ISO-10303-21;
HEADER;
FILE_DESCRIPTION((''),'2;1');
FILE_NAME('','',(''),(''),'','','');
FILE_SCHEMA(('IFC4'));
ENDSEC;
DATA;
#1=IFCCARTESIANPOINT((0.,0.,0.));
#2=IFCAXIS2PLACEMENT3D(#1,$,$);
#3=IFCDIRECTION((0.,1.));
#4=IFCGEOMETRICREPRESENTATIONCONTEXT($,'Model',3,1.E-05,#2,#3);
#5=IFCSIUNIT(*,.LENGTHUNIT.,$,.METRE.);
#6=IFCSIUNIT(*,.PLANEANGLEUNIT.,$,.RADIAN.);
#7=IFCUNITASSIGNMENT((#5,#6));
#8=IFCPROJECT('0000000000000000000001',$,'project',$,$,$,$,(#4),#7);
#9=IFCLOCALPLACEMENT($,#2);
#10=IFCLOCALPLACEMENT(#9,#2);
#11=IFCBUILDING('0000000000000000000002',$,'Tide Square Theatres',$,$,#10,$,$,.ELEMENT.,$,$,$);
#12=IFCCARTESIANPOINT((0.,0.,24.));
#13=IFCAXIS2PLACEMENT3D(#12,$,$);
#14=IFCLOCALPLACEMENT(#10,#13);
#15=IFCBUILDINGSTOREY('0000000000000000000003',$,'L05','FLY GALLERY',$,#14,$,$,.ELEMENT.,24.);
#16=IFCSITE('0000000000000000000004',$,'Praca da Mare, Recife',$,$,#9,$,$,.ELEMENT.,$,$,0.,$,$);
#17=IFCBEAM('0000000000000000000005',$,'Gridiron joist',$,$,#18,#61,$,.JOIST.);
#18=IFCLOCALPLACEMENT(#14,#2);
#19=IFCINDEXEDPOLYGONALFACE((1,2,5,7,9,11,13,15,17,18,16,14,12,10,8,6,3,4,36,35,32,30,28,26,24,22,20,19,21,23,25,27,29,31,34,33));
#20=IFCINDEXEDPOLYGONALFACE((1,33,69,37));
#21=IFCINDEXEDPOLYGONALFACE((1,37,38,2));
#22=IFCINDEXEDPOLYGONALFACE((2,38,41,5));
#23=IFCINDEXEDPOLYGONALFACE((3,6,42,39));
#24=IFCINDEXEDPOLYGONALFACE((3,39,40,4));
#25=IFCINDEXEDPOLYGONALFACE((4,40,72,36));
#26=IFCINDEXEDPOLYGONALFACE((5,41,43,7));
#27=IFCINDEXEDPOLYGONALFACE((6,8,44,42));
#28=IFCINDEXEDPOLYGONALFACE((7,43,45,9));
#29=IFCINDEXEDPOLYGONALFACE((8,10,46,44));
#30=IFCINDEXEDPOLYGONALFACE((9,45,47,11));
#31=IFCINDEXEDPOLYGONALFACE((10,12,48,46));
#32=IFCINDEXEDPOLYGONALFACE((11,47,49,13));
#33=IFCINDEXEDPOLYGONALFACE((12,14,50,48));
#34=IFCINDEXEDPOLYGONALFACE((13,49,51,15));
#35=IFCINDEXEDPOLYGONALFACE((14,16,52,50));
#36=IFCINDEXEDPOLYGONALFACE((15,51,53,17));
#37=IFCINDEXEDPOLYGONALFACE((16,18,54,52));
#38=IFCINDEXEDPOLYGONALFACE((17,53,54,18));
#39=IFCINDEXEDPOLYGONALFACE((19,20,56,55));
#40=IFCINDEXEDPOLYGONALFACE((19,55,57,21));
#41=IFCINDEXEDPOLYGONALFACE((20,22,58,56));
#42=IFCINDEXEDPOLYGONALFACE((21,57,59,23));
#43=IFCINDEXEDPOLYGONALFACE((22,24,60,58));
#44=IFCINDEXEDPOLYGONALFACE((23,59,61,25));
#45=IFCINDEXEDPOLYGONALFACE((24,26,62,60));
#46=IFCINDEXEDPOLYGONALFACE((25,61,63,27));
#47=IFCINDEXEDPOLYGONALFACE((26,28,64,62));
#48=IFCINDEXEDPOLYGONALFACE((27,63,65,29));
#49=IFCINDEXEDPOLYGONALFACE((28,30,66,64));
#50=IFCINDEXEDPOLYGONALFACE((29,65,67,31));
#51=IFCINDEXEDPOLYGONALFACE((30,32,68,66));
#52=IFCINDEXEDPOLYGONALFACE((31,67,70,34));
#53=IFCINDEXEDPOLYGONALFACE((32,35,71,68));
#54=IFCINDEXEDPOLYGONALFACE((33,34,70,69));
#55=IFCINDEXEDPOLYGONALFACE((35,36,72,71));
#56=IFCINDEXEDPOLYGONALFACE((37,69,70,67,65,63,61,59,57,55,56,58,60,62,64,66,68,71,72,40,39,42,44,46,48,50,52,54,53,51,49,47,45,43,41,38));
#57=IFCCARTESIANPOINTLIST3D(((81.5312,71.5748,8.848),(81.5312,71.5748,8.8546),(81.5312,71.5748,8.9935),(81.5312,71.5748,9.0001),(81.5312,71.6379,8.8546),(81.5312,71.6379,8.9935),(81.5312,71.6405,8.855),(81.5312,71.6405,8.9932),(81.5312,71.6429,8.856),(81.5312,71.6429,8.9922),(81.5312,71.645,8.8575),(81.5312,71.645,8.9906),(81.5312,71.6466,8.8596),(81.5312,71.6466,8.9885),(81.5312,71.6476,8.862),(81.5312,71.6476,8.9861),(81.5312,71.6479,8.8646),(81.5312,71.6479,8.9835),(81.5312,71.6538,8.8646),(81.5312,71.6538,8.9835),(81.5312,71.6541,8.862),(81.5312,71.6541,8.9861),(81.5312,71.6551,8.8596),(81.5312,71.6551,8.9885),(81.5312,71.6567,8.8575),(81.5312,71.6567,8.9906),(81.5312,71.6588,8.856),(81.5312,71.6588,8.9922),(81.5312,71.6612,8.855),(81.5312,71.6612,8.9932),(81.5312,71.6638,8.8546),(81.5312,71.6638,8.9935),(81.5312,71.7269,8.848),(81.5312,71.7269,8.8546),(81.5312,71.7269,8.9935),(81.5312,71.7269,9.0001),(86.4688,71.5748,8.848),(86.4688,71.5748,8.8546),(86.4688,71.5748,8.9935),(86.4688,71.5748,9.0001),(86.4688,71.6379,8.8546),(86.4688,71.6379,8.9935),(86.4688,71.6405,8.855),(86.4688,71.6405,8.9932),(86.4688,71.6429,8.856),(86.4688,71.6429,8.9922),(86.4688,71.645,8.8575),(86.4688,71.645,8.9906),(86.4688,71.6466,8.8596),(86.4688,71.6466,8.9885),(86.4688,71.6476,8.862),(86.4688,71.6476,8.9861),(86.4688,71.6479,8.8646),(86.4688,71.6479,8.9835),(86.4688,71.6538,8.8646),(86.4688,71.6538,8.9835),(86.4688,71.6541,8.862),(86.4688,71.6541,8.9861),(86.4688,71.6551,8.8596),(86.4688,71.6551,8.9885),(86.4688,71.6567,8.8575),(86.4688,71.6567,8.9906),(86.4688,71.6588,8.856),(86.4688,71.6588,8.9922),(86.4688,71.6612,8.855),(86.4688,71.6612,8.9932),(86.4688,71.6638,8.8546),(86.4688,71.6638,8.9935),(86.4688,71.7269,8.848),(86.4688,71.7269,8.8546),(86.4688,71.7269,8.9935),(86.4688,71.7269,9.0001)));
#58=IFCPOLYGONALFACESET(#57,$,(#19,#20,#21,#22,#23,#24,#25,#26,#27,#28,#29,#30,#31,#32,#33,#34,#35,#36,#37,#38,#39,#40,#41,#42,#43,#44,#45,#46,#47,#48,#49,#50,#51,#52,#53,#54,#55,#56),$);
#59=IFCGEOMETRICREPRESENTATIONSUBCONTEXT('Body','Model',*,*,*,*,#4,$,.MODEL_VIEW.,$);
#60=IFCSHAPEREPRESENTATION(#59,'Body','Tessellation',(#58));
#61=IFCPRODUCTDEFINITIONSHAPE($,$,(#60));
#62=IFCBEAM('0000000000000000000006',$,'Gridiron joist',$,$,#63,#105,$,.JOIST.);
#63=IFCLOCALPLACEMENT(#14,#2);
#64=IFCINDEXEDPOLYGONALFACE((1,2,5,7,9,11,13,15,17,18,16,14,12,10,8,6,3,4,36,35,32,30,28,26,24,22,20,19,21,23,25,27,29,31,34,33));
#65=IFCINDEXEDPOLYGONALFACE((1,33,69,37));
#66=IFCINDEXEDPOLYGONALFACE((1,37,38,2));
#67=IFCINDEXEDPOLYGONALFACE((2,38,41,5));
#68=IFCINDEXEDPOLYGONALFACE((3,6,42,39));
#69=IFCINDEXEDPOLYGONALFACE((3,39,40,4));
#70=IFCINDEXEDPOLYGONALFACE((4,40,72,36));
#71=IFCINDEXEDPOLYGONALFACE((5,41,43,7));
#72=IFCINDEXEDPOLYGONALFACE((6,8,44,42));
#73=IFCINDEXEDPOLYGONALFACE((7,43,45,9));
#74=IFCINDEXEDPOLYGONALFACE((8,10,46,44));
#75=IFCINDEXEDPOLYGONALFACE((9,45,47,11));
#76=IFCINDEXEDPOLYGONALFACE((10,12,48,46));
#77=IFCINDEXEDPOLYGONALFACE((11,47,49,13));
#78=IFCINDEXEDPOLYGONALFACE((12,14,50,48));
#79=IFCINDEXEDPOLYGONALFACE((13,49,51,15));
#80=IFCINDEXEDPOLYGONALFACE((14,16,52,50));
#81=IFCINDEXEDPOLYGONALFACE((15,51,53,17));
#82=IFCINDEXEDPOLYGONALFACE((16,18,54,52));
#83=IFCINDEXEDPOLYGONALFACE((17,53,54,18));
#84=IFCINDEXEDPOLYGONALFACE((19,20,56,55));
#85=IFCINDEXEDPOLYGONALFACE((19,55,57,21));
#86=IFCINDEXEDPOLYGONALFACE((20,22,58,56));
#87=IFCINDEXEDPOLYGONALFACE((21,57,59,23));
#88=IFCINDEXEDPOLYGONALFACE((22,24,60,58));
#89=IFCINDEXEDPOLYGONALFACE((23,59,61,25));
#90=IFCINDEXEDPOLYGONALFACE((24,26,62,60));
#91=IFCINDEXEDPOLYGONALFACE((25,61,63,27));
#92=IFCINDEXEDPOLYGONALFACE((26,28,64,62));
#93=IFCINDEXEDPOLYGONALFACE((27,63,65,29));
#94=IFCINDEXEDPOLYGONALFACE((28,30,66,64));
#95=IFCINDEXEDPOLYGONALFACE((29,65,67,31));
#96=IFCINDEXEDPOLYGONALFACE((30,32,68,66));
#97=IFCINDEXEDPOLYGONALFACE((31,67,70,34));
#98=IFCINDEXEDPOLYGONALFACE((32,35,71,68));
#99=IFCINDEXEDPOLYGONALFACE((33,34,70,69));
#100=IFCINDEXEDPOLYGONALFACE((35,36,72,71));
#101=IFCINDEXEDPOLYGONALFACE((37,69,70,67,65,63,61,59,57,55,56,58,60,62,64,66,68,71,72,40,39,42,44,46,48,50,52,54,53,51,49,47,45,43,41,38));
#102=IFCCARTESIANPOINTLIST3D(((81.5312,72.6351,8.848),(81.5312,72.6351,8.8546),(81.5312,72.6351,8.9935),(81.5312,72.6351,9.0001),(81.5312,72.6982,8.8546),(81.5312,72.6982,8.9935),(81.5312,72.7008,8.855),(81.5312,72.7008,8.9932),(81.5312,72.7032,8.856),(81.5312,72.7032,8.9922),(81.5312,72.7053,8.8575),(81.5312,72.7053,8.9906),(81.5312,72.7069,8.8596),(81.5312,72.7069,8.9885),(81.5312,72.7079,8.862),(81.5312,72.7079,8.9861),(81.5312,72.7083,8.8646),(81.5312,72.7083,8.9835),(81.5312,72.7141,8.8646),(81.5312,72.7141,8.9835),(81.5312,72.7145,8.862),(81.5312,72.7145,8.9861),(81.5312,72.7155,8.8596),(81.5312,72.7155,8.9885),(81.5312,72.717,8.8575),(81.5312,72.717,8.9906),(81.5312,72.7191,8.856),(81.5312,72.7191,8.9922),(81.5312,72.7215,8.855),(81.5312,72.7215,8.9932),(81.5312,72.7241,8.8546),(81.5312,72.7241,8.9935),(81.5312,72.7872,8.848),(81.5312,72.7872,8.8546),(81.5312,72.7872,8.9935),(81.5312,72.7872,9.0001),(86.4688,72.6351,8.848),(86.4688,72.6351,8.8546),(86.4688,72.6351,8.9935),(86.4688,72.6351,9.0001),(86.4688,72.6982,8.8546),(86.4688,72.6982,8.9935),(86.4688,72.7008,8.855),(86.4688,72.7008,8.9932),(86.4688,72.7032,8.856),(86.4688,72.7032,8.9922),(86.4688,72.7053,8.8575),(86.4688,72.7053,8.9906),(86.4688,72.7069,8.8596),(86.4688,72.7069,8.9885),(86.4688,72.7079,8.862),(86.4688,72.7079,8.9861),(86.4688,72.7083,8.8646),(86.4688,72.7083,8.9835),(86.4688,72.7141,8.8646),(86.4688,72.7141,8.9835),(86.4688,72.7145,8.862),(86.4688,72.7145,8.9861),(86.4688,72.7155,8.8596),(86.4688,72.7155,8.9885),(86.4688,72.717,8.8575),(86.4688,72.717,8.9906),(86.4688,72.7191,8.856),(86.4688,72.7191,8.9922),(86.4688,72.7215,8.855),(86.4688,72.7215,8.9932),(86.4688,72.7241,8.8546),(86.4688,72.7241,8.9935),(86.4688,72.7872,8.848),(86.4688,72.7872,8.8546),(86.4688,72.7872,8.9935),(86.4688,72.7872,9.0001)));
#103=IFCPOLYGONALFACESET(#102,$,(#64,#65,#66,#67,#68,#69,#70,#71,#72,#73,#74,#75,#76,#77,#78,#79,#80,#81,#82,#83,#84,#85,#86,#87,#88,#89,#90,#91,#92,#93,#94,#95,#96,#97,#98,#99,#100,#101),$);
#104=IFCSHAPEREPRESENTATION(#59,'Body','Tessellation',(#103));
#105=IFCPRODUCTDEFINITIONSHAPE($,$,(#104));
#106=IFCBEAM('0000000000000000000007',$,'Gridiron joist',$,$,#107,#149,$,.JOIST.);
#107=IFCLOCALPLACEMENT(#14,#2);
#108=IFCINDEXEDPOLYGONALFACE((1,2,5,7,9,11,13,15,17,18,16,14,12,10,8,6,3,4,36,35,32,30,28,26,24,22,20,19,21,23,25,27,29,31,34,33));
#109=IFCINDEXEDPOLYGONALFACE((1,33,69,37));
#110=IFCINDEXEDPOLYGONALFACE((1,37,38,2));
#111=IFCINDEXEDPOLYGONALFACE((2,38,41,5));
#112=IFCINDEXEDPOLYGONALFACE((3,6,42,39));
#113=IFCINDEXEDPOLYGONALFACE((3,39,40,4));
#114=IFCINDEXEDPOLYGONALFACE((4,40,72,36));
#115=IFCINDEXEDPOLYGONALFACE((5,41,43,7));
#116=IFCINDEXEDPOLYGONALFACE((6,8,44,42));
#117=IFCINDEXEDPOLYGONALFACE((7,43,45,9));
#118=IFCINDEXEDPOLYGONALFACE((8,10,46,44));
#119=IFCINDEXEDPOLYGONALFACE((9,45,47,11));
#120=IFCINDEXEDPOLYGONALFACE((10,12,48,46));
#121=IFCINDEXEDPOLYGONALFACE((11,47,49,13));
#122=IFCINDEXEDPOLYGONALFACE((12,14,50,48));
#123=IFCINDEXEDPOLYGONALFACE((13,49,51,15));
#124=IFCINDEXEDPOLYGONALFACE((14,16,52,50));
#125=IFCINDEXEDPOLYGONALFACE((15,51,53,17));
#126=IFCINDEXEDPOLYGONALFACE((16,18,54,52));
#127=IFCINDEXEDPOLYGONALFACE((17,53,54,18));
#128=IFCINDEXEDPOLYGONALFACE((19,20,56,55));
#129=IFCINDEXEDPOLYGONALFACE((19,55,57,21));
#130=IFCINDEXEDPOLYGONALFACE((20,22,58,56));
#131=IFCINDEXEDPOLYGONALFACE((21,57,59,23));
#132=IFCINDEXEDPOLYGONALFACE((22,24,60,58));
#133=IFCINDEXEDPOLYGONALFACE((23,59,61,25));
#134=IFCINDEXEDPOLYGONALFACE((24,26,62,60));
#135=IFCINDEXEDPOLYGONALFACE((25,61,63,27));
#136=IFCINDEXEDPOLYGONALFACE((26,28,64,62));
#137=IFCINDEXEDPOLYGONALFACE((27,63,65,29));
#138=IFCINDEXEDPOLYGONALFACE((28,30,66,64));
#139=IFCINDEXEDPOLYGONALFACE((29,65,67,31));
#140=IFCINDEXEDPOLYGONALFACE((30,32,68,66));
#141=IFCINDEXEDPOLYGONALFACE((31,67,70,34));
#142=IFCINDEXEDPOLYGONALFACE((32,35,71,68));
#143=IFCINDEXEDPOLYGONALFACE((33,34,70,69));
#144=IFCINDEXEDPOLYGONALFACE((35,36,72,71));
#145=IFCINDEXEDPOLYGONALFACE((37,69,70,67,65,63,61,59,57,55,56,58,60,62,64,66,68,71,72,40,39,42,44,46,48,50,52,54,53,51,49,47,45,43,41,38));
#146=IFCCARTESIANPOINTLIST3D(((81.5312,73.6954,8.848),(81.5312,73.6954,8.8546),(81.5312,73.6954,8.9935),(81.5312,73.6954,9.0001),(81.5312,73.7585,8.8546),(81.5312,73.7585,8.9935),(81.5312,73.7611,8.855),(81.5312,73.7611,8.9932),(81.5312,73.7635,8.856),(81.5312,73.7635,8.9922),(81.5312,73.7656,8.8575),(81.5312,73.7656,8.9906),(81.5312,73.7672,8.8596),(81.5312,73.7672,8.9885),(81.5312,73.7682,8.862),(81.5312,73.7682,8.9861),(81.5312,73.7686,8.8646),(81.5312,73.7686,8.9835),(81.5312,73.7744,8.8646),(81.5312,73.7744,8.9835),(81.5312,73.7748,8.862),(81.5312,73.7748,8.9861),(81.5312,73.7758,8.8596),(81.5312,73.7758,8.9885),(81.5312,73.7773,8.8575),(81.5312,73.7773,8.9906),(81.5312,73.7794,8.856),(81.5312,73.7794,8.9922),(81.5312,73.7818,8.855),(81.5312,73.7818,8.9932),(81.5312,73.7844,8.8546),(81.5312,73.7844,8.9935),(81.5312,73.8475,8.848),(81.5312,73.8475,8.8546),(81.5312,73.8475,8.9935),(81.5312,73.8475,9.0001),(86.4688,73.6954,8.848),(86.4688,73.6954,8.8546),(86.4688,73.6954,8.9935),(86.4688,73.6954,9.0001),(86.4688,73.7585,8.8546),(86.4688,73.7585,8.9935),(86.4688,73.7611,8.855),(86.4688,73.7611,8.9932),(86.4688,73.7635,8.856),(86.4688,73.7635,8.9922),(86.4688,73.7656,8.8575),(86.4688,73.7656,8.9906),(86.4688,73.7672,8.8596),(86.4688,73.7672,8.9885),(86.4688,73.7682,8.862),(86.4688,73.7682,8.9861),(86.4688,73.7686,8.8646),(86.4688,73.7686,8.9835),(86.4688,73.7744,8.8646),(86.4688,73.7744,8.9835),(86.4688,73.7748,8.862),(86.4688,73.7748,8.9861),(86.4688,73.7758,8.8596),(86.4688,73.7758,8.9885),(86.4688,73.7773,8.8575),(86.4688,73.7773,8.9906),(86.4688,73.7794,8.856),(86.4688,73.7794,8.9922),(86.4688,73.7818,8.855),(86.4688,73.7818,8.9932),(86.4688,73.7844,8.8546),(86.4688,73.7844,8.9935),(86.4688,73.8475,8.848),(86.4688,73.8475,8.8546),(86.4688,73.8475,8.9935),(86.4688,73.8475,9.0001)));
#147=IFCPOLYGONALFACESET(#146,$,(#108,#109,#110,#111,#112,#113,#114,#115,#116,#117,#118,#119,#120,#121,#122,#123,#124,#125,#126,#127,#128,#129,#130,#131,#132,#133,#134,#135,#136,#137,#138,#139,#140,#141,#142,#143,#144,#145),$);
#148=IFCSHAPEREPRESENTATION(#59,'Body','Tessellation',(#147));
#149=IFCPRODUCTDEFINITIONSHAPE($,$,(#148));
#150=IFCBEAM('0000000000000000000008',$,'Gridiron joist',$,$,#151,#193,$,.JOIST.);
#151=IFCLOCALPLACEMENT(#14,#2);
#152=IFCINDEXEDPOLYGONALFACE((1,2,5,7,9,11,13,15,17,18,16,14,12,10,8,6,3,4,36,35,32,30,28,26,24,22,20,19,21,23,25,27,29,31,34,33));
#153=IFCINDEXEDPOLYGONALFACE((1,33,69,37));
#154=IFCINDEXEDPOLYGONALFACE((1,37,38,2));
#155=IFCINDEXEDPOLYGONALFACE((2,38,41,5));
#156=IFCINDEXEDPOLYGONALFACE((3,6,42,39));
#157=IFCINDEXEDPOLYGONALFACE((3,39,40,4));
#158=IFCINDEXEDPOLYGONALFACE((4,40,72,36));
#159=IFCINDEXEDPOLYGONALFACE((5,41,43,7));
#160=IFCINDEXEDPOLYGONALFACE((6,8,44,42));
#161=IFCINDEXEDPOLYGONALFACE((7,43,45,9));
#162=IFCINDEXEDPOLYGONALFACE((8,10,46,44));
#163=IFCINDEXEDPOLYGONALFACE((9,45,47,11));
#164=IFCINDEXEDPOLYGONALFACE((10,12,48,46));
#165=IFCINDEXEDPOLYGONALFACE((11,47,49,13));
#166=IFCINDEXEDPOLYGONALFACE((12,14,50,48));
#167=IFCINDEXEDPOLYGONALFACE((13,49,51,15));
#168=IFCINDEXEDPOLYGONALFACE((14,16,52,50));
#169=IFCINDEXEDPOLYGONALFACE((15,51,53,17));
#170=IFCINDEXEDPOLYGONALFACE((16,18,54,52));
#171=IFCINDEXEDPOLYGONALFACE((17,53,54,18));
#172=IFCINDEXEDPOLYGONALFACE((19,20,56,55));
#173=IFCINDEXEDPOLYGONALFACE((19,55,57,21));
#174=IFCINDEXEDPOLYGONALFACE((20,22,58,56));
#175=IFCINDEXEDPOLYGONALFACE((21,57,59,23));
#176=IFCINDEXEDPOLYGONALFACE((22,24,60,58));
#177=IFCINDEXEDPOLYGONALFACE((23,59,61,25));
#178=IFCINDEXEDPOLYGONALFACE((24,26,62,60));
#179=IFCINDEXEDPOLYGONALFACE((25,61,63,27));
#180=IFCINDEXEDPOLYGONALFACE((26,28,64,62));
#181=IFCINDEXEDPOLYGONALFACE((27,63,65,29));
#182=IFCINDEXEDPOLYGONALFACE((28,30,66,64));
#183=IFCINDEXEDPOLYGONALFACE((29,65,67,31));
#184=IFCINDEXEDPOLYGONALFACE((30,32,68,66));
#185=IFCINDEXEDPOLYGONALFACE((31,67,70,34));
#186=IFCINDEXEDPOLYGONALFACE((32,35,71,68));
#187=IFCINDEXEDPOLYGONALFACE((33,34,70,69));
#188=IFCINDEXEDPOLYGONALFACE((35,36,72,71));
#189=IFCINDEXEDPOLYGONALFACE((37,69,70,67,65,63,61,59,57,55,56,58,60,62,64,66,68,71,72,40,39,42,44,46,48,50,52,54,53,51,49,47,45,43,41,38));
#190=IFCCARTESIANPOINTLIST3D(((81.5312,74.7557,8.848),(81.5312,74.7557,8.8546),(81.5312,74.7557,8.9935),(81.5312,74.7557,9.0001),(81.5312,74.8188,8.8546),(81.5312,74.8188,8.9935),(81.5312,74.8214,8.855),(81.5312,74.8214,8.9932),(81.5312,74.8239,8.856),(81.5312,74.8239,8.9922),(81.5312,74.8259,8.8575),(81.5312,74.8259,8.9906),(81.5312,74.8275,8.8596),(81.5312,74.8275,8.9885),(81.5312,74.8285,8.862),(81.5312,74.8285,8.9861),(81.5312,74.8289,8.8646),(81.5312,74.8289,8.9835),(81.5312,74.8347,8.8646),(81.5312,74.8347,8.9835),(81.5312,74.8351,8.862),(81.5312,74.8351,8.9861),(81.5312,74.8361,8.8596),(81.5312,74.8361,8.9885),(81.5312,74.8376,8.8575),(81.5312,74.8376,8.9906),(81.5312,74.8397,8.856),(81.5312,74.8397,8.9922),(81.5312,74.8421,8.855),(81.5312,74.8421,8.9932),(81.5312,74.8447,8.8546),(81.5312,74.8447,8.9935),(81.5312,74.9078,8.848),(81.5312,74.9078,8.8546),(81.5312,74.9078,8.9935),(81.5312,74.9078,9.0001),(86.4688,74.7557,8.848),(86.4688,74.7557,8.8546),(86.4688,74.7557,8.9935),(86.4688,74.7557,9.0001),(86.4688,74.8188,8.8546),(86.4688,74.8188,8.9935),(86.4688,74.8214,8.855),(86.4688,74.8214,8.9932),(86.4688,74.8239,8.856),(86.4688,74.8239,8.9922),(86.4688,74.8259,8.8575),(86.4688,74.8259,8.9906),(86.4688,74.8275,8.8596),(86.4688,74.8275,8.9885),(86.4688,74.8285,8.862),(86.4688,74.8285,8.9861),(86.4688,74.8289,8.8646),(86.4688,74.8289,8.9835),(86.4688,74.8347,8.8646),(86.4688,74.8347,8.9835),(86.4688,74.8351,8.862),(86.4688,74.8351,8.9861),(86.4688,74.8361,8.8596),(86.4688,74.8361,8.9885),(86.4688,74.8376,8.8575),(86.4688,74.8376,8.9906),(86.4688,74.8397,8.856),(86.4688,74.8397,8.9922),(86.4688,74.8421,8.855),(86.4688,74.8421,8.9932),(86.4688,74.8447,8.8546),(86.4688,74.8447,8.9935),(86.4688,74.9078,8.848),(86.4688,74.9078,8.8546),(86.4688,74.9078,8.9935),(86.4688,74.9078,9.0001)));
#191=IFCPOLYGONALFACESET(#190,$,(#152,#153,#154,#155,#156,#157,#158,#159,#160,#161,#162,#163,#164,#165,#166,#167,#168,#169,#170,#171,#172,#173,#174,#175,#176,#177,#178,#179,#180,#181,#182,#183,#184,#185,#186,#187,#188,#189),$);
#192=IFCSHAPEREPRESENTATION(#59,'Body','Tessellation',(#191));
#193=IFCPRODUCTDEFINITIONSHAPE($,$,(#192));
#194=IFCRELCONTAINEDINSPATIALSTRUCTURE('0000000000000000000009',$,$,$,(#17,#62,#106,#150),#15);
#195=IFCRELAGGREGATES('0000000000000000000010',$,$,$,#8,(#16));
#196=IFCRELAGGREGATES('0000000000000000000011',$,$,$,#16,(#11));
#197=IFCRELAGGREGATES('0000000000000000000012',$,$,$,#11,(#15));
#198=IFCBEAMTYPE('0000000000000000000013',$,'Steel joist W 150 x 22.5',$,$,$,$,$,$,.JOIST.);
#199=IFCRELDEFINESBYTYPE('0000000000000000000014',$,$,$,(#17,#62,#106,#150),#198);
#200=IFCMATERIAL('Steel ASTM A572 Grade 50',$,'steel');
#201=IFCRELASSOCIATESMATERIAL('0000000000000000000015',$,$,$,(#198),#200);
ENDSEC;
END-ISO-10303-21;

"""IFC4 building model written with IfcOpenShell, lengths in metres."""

from ifc_helpers import new_model, si_unit, direction, frame, origin, origin_2d, place, context, subcontext, project, spatial, i_section, extrude, material, material_profile, profile_set, type_object, element, save


model = new_model("IFC4")

# Units and contexts
model_context = context("Model", 3, precision=1e-05, world=origin(), true_north=direction((0.0, 1.0)))
body_context = subcontext(model_context, "Body", "Model", "MODEL_VIEW")
ifc_project = project(units=[si_unit("LENGTHUNIT", "METRE"), si_unit("PLANEANGLEUNIT", "RADIAN")], contexts=[model_context])

# Site, building, storey
site_placement = place(None, origin())
site = spatial("IfcSite", under=ifc_project, at=site_placement, Name="Praca da Mare, Recife", CompositionType="ELEMENT", RefElevation=0.0)
building_placement = place(site_placement, origin())
building = spatial("IfcBuilding", under=site, at=building_placement, Name="Tide Square Theatres", CompositionType="ELEMENT")
storey_placement = place(building_placement, frame((0.0, 0.0, 24.0)))
storey = spatial("IfcBuildingStorey", under=building, at=storey_placement, Name="L05", Description="FLY GALLERY", CompositionType="ELEMENT", Elevation=24.0)

# Beams
ifc_material_1 = material(Name="Steel ASTM A572 Grade 50", Category="steel")
ifc_material_profile_1 = material_profile(ifc_material_1, i_section(OverallWidth=0.1521, OverallDepth=0.1521, WebThickness=0.0059, FlangeThickness=0.0066, FilletRadius=0.01, at=origin_2d()))
ifc_profile_set_1 = profile_set([ifc_material_profile_1], Name="Steel ASTM A572 Grade 50")
beam_type_1 = type_object("IfcBeamType", Name="Steel joist W 150 x 22.5", PredefinedType="JOIST", material=ifc_profile_set_1)
for number, where, z_axis, x_axis, name in (
    (1, (81.5312, 71.6509, 8.9241), (1.0, 0.0, 0.0), (0.0, 1.0, 0.0), "Gridiron joist"),
    (2, (81.5312, 72.7112, 8.9241), (1.0, 0.0, 0.0), (0.0, 1.0, 0.0), "Gridiron joist"),
    (3, (81.5312, 73.7715, 8.9241), (1.0, 0.0, 0.0), (0.0, 1.0, 0.0), "Gridiron joist"),
    (4, (81.5312, 74.8318, 8.9241), (1.0, 0.0, 0.0), (0.0, 1.0, 0.0), "Gridiron joist"),
):
    element("IfcBeam", number, at=place(storey_placement, frame(where, z_axis=z_axis, x_axis=x_axis)), inside=storey, type_object=beam_type_1, Name=name, PredefinedType="JOIST", context=body_context, shape_type="SweptSolid", body=[
        extrude(i_section(OverallWidth=0.1521, OverallDepth=0.1521, WebThickness=0.0059, FlangeThickness=0.0066, FilletRadius=0.01, at=origin_2d()), origin(), (0.0, 0.0, 1.0), 4.9375),
    ])

save(model, "model.ifc")
